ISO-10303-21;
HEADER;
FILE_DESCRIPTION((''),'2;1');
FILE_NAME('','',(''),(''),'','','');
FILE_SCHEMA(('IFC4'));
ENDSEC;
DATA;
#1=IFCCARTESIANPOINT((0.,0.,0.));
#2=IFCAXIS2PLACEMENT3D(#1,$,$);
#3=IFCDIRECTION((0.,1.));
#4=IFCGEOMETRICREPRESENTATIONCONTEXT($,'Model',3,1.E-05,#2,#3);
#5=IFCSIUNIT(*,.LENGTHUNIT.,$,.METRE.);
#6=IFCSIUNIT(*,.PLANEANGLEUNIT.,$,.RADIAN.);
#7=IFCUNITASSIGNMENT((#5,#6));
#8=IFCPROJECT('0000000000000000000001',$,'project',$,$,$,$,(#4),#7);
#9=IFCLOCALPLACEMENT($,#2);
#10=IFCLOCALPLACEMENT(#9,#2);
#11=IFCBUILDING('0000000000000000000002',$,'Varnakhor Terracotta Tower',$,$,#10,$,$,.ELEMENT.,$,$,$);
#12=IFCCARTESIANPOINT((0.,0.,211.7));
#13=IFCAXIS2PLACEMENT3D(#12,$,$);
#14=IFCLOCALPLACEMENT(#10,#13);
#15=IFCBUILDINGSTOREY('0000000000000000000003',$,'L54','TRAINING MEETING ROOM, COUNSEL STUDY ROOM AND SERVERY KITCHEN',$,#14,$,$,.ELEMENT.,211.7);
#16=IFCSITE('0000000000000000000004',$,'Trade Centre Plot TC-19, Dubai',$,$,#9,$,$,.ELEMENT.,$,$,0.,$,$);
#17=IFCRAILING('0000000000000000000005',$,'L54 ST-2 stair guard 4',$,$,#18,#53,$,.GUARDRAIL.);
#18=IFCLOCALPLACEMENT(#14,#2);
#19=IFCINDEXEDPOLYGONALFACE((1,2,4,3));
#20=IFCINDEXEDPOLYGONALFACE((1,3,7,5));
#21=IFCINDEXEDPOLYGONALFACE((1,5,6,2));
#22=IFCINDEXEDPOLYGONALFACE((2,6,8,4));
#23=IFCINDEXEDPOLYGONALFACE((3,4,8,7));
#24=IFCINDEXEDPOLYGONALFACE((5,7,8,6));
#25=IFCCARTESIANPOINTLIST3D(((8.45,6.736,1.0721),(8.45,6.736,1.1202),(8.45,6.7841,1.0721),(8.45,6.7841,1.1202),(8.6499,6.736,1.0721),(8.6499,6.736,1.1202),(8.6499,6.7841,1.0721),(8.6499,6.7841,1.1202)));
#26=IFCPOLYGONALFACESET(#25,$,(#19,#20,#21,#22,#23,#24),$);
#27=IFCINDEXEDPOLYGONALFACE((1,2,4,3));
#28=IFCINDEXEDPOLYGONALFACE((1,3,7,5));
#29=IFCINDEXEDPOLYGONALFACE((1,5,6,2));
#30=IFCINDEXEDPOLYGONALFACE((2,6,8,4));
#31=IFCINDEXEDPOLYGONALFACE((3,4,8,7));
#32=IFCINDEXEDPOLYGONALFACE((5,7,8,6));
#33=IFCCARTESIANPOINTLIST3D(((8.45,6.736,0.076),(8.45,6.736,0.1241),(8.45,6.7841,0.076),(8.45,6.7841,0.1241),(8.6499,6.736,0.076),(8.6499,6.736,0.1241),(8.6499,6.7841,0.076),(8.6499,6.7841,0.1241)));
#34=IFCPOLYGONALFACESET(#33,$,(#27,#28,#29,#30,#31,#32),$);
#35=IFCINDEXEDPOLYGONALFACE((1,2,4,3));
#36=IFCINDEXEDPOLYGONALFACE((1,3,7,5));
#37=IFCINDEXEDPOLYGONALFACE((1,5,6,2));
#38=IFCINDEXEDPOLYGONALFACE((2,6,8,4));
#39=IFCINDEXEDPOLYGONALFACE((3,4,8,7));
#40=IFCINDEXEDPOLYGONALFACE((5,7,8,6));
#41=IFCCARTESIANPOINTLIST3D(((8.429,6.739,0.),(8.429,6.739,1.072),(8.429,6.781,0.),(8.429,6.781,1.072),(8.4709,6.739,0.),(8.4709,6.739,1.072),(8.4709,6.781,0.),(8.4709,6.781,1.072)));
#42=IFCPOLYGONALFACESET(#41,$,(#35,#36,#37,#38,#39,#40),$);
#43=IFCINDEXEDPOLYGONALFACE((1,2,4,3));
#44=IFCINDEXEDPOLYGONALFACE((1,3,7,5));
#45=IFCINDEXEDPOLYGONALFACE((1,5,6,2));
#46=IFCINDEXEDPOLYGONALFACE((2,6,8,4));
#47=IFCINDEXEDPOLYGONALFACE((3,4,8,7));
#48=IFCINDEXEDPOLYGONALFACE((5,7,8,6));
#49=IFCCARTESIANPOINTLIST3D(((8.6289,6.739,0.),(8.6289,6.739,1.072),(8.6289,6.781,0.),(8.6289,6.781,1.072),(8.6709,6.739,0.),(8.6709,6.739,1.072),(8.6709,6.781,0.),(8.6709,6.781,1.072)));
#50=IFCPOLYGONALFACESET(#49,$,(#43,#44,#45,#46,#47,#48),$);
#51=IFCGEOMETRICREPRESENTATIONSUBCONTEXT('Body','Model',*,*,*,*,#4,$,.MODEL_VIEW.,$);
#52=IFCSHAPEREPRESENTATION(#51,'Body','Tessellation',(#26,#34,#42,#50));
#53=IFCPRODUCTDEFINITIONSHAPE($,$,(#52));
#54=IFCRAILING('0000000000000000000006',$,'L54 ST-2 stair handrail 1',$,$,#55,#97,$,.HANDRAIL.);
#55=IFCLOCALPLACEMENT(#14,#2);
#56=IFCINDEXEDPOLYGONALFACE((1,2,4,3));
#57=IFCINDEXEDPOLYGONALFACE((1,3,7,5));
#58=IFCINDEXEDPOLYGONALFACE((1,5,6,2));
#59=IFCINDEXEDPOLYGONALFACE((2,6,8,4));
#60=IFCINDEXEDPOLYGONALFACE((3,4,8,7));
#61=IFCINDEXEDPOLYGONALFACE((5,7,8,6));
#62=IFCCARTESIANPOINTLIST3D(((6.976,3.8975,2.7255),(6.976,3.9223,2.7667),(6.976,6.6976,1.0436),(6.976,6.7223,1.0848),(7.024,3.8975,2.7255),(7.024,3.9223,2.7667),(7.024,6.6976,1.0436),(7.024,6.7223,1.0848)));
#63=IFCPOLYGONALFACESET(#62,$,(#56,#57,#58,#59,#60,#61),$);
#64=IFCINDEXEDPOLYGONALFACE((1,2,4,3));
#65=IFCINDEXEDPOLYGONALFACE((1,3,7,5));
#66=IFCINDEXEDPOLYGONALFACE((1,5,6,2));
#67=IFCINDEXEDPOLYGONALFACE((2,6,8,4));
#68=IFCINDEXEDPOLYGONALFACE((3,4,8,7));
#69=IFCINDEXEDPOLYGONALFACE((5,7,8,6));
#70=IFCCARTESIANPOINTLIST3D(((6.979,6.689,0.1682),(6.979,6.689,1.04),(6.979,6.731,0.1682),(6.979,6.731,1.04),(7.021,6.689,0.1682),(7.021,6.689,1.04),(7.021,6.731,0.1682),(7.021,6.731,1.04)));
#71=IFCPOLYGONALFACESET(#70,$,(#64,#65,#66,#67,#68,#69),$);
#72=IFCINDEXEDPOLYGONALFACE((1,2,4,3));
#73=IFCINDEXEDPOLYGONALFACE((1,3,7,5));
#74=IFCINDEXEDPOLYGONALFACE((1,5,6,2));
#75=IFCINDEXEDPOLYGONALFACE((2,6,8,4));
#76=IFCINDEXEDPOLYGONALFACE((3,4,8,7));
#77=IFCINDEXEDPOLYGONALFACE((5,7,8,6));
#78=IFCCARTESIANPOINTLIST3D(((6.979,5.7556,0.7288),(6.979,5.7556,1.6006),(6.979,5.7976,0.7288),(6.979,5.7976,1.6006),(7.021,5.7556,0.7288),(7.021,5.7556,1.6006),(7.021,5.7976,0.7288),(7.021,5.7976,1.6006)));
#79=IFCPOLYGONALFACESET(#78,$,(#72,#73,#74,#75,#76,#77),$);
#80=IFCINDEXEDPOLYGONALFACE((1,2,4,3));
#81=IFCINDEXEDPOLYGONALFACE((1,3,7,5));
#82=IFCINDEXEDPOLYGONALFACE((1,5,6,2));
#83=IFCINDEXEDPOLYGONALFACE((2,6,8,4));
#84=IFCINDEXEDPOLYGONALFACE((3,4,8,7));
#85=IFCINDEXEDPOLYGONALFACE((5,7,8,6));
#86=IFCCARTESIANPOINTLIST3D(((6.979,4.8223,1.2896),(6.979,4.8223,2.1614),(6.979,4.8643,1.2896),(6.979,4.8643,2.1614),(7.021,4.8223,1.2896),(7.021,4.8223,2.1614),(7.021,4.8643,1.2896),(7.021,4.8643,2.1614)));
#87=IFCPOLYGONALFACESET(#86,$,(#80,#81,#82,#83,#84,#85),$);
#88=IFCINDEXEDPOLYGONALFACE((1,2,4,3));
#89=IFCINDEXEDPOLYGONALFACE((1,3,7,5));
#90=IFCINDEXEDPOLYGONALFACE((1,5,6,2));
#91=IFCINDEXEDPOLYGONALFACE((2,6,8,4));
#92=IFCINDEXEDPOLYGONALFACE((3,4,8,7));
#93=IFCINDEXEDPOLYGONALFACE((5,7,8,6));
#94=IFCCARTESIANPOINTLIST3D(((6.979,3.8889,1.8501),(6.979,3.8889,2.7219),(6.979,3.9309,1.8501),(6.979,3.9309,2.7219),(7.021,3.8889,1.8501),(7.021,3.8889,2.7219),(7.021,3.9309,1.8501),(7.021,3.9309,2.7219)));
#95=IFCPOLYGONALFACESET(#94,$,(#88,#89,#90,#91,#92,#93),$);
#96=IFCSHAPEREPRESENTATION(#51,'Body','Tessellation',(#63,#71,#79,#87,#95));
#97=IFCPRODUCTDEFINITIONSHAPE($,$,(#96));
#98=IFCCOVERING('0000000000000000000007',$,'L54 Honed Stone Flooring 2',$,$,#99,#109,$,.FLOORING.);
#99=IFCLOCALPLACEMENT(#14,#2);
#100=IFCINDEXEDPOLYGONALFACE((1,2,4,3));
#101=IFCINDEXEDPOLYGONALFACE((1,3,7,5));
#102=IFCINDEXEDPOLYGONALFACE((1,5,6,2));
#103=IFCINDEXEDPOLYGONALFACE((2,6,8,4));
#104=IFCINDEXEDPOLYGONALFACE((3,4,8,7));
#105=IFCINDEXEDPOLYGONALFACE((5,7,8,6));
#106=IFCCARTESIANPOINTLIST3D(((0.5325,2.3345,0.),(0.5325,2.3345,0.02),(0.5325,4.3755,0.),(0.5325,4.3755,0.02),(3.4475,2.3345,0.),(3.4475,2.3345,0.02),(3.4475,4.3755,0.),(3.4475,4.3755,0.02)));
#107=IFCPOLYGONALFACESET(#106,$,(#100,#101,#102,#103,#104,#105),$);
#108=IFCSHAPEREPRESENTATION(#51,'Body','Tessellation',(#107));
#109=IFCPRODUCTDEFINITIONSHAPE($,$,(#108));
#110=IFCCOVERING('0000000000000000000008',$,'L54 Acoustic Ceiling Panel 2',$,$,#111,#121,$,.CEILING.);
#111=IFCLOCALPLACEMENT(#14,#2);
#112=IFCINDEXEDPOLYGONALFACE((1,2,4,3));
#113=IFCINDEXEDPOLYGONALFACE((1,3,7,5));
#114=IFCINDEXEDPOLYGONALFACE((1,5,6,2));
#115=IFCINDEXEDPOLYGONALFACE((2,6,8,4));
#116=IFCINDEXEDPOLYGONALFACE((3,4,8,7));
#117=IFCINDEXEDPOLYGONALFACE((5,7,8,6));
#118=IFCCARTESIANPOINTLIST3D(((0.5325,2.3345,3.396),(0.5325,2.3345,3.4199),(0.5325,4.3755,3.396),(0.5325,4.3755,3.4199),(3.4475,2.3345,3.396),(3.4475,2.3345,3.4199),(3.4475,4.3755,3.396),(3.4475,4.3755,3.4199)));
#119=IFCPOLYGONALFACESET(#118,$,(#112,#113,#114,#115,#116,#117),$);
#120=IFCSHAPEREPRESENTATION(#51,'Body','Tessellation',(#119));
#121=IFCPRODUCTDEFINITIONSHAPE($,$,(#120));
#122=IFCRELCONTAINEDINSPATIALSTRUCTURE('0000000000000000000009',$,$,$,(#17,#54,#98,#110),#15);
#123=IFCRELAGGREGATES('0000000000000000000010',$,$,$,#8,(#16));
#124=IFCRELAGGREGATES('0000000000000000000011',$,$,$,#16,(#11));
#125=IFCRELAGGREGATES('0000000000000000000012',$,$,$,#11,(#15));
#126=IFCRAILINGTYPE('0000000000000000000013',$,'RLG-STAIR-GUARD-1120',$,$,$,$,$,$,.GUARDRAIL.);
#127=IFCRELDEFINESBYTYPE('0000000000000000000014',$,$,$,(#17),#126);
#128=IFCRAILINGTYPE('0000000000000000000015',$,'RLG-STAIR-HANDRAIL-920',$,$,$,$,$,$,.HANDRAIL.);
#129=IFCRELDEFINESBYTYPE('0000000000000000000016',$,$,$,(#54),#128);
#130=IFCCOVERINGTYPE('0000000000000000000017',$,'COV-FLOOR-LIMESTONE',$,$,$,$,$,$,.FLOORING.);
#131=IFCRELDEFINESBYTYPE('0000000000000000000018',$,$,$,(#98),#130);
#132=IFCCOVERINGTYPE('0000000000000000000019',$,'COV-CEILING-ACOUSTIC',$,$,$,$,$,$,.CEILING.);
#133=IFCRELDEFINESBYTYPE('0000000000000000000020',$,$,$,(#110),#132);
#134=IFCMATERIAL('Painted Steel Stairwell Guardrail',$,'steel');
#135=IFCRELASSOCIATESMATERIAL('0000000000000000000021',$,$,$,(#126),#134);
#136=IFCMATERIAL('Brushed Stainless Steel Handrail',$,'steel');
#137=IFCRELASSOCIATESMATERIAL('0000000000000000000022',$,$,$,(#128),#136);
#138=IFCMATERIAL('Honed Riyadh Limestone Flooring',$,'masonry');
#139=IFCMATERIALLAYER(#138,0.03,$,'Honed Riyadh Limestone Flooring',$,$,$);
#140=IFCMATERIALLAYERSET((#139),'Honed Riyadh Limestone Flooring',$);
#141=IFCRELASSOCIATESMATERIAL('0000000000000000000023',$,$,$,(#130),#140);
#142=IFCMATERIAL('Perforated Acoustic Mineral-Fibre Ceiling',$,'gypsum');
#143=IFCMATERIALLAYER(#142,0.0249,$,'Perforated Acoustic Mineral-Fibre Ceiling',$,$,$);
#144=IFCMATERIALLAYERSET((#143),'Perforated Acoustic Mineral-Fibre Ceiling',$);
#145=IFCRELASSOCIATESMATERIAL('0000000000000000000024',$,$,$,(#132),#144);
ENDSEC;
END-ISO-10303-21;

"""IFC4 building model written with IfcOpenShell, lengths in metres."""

from ifc_helpers import new_model, si_unit, direction, frame, origin, origin_2d, place, context, subcontext, project, spatial, rectangle, extrude, source, transform, mapped, material, layer, layer_set, type_object, element, save


model = new_model("IFC4")

# Units and contexts
model_context = context("Model", 3, precision=1e-05, world=origin(), true_north=direction((0.0, 1.0)))
body_context = subcontext(model_context, "Body", "Model", "MODEL_VIEW")
ifc_project = project(units=[si_unit("LENGTHUNIT", "METRE"), si_unit("PLANEANGLEUNIT", "RADIAN")], contexts=[model_context])

# Site, building, storey
site_placement = place(None, origin())
site = spatial("IfcSite", under=ifc_project, at=site_placement, Name="Trade Centre Plot TC-19, Dubai", CompositionType="ELEMENT", RefElevation=0.0)
building_placement = place(site_placement, origin())
building = spatial("IfcBuilding", under=site, at=building_placement, Name="Varnakhor Terracotta Tower", CompositionType="ELEMENT")
storey_placement = place(building_placement, frame((0.0, 0.0, 211.7)))
storey = spatial("IfcBuildingStorey", under=building, at=storey_placement, Name="L54", Description="TRAINING MEETING ROOM, COUNSEL STUDY ROOM AND SERVERY KITCHEN", CompositionType="ELEMENT", Elevation=211.7)

# Railings
ifc_material_1 = material(Name="Painted Steel Stairwell Guardrail", Category="steel")
railing_type_1 = type_object("IfcRailingType", Name="RLG-STAIR-GUARD-1120", PredefinedType="GUARDRAIL", material=ifc_material_1)
railing_1_placement = place(storey_placement, frame((8.45, 6.76, 0.0)))
element("IfcRailing", 1, at=railing_1_placement, inside=storey, type_object=railing_type_1, Name="L54 ST-2 stair guard 4", PredefinedType="GUARDRAIL", context=body_context, shape_type="SweptSolid", body=[
    extrude(rectangle(XDim=0.0481, YDim=0.0481, at=origin_2d()), frame((0.0, 0.0, 1.0962), z_axis=(1.0, 0.0, 0.0), x_axis=(0.0, 1.0, 0.0)), (0.0, 0.0, 1.0), 0.2),
    extrude(rectangle(XDim=0.0481, YDim=0.0481, at=origin_2d()), frame((0.0, 0.0, 0.1001), z_axis=(1.0, 0.0, 0.0), x_axis=(0.0, 1.0, 0.0)), (0.0, 0.0, 1.0), 0.2),
    extrude(rectangle(XDim=0.042, YDim=0.042, at=origin_2d()), origin(), (0.0, 0.0, 1.0), 1.072),
    extrude(rectangle(XDim=0.042, YDim=0.042, at=origin_2d()), frame((0.2, 0.0, 0.0)), (0.0, 0.0, 1.0), 1.072),
])
ifc_material_2 = material(Name="Brushed Stainless Steel Handrail", Category="steel")
railing_type_2 = type_object("IfcRailingType", Name="RLG-STAIR-HANDRAIL-920", PredefinedType="HANDRAIL", material=ifc_material_2)
railing_2_placement = place(storey_placement, frame((7.0, 6.71, 0.1682)))
element("IfcRailing", 2, at=railing_2_placement, inside=storey, type_object=railing_type_2, Name="L54 ST-2 stair handrail 1", PredefinedType="HANDRAIL", context=body_context, shape_type="SweptSolid", body=[
    extrude(rectangle(XDim=0.0481, YDim=0.0481, at=origin_2d()), frame((0.0, 0.0, 0.896), z_axis=(0.0, -0.857242, 0.514913), x_axis=(1.0, 0.0, 0.0)), (0.0, 0.0, 1.0), 3.2664),
    extrude(rectangle(XDim=0.042, YDim=0.042, at=origin_2d()), origin(), (0.0, 0.0, 1.0), 0.8718),
    extrude(rectangle(XDim=0.042, YDim=0.042, at=origin_2d()), frame((0.0, -0.9333, 0.5605)), (0.0, 0.0, 1.0), 0.8718),
    extrude(rectangle(XDim=0.042, YDim=0.042, at=origin_2d()), frame((0.0, -1.8667, 1.1213)), (0.0, 0.0, 1.0), 0.8718),
    extrude(rectangle(XDim=0.042, YDim=0.042, at=origin_2d()), frame((0.0, -2.8, 1.6819)), (0.0, 0.0, 1.0), 0.8718),
])

# Coverings
ifc_material_3 = material(Name="Honed Riyadh Limestone Flooring", Category="masonry")
ifc_layer_1 = layer(ifc_material_3, 0.03, Name="Honed Riyadh Limestone Flooring")
ifc_layer_set_1 = layer_set([ifc_layer_1], Name="Honed Riyadh Limestone Flooring")
covering_type_1 = type_object("IfcCoveringType", Name="COV-FLOOR-LIMESTONE", PredefinedType="FLOORING", material=ifc_layer_set_1)
shared_shape_1 = source(origin(), body_context, "Body", "SweptSolid", [
    extrude(rectangle(XDim=2.915, YDim=2.041, at=origin_2d()), origin(), (0.0, 0.0, 1.0), 0.02),
])
covering_1_placement = place(storey_placement, frame((1.99, 3.355, 0.0), z_axis=(0.0, 0.0, 1.0), x_axis=(1.0, 0.0, 0.0)))
element("IfcCovering", 3, at=covering_1_placement, inside=storey, type_object=covering_type_1, Name="L54 Honed Stone Flooring 2", PredefinedType="FLOORING", context=body_context, shape_type="MappedRepresentation", body=[
    mapped(shared_shape_1, transform((0.0, 0.0, 0.0), scale=1.0)),
])
ifc_material_4 = material(Name="Perforated Acoustic Mineral-Fibre Ceiling", Category="gypsum")
ifc_layer_2 = layer(ifc_material_4, 0.0249, Name="Perforated Acoustic Mineral-Fibre Ceiling")
ifc_layer_set_2 = layer_set([ifc_layer_2], Name="Perforated Acoustic Mineral-Fibre Ceiling")
covering_type_2 = type_object("IfcCoveringType", Name="COV-CEILING-ACOUSTIC", PredefinedType="CEILING", material=ifc_layer_set_2)
shared_shape_2 = source(origin(), body_context, "Body", "SweptSolid", [
    extrude(rectangle(XDim=2.915, YDim=2.041, at=origin_2d()), origin(), (0.0, 0.0, 1.0), 0.0239),
])
covering_2_placement = place(storey_placement, frame((1.99, 3.355, 3.396), z_axis=(0.0, 0.0, 1.0), x_axis=(1.0, 0.0, 0.0)))
element("IfcCovering", 4, at=covering_2_placement, inside=storey, type_object=covering_type_2, Name="L54 Acoustic Ceiling Panel 2", PredefinedType="CEILING", context=body_context, shape_type="MappedRepresentation", body=[
    mapped(shared_shape_2, transform((0.0, 0.0, 0.0), scale=1.0)),
])

save(model, "model.ifc")
